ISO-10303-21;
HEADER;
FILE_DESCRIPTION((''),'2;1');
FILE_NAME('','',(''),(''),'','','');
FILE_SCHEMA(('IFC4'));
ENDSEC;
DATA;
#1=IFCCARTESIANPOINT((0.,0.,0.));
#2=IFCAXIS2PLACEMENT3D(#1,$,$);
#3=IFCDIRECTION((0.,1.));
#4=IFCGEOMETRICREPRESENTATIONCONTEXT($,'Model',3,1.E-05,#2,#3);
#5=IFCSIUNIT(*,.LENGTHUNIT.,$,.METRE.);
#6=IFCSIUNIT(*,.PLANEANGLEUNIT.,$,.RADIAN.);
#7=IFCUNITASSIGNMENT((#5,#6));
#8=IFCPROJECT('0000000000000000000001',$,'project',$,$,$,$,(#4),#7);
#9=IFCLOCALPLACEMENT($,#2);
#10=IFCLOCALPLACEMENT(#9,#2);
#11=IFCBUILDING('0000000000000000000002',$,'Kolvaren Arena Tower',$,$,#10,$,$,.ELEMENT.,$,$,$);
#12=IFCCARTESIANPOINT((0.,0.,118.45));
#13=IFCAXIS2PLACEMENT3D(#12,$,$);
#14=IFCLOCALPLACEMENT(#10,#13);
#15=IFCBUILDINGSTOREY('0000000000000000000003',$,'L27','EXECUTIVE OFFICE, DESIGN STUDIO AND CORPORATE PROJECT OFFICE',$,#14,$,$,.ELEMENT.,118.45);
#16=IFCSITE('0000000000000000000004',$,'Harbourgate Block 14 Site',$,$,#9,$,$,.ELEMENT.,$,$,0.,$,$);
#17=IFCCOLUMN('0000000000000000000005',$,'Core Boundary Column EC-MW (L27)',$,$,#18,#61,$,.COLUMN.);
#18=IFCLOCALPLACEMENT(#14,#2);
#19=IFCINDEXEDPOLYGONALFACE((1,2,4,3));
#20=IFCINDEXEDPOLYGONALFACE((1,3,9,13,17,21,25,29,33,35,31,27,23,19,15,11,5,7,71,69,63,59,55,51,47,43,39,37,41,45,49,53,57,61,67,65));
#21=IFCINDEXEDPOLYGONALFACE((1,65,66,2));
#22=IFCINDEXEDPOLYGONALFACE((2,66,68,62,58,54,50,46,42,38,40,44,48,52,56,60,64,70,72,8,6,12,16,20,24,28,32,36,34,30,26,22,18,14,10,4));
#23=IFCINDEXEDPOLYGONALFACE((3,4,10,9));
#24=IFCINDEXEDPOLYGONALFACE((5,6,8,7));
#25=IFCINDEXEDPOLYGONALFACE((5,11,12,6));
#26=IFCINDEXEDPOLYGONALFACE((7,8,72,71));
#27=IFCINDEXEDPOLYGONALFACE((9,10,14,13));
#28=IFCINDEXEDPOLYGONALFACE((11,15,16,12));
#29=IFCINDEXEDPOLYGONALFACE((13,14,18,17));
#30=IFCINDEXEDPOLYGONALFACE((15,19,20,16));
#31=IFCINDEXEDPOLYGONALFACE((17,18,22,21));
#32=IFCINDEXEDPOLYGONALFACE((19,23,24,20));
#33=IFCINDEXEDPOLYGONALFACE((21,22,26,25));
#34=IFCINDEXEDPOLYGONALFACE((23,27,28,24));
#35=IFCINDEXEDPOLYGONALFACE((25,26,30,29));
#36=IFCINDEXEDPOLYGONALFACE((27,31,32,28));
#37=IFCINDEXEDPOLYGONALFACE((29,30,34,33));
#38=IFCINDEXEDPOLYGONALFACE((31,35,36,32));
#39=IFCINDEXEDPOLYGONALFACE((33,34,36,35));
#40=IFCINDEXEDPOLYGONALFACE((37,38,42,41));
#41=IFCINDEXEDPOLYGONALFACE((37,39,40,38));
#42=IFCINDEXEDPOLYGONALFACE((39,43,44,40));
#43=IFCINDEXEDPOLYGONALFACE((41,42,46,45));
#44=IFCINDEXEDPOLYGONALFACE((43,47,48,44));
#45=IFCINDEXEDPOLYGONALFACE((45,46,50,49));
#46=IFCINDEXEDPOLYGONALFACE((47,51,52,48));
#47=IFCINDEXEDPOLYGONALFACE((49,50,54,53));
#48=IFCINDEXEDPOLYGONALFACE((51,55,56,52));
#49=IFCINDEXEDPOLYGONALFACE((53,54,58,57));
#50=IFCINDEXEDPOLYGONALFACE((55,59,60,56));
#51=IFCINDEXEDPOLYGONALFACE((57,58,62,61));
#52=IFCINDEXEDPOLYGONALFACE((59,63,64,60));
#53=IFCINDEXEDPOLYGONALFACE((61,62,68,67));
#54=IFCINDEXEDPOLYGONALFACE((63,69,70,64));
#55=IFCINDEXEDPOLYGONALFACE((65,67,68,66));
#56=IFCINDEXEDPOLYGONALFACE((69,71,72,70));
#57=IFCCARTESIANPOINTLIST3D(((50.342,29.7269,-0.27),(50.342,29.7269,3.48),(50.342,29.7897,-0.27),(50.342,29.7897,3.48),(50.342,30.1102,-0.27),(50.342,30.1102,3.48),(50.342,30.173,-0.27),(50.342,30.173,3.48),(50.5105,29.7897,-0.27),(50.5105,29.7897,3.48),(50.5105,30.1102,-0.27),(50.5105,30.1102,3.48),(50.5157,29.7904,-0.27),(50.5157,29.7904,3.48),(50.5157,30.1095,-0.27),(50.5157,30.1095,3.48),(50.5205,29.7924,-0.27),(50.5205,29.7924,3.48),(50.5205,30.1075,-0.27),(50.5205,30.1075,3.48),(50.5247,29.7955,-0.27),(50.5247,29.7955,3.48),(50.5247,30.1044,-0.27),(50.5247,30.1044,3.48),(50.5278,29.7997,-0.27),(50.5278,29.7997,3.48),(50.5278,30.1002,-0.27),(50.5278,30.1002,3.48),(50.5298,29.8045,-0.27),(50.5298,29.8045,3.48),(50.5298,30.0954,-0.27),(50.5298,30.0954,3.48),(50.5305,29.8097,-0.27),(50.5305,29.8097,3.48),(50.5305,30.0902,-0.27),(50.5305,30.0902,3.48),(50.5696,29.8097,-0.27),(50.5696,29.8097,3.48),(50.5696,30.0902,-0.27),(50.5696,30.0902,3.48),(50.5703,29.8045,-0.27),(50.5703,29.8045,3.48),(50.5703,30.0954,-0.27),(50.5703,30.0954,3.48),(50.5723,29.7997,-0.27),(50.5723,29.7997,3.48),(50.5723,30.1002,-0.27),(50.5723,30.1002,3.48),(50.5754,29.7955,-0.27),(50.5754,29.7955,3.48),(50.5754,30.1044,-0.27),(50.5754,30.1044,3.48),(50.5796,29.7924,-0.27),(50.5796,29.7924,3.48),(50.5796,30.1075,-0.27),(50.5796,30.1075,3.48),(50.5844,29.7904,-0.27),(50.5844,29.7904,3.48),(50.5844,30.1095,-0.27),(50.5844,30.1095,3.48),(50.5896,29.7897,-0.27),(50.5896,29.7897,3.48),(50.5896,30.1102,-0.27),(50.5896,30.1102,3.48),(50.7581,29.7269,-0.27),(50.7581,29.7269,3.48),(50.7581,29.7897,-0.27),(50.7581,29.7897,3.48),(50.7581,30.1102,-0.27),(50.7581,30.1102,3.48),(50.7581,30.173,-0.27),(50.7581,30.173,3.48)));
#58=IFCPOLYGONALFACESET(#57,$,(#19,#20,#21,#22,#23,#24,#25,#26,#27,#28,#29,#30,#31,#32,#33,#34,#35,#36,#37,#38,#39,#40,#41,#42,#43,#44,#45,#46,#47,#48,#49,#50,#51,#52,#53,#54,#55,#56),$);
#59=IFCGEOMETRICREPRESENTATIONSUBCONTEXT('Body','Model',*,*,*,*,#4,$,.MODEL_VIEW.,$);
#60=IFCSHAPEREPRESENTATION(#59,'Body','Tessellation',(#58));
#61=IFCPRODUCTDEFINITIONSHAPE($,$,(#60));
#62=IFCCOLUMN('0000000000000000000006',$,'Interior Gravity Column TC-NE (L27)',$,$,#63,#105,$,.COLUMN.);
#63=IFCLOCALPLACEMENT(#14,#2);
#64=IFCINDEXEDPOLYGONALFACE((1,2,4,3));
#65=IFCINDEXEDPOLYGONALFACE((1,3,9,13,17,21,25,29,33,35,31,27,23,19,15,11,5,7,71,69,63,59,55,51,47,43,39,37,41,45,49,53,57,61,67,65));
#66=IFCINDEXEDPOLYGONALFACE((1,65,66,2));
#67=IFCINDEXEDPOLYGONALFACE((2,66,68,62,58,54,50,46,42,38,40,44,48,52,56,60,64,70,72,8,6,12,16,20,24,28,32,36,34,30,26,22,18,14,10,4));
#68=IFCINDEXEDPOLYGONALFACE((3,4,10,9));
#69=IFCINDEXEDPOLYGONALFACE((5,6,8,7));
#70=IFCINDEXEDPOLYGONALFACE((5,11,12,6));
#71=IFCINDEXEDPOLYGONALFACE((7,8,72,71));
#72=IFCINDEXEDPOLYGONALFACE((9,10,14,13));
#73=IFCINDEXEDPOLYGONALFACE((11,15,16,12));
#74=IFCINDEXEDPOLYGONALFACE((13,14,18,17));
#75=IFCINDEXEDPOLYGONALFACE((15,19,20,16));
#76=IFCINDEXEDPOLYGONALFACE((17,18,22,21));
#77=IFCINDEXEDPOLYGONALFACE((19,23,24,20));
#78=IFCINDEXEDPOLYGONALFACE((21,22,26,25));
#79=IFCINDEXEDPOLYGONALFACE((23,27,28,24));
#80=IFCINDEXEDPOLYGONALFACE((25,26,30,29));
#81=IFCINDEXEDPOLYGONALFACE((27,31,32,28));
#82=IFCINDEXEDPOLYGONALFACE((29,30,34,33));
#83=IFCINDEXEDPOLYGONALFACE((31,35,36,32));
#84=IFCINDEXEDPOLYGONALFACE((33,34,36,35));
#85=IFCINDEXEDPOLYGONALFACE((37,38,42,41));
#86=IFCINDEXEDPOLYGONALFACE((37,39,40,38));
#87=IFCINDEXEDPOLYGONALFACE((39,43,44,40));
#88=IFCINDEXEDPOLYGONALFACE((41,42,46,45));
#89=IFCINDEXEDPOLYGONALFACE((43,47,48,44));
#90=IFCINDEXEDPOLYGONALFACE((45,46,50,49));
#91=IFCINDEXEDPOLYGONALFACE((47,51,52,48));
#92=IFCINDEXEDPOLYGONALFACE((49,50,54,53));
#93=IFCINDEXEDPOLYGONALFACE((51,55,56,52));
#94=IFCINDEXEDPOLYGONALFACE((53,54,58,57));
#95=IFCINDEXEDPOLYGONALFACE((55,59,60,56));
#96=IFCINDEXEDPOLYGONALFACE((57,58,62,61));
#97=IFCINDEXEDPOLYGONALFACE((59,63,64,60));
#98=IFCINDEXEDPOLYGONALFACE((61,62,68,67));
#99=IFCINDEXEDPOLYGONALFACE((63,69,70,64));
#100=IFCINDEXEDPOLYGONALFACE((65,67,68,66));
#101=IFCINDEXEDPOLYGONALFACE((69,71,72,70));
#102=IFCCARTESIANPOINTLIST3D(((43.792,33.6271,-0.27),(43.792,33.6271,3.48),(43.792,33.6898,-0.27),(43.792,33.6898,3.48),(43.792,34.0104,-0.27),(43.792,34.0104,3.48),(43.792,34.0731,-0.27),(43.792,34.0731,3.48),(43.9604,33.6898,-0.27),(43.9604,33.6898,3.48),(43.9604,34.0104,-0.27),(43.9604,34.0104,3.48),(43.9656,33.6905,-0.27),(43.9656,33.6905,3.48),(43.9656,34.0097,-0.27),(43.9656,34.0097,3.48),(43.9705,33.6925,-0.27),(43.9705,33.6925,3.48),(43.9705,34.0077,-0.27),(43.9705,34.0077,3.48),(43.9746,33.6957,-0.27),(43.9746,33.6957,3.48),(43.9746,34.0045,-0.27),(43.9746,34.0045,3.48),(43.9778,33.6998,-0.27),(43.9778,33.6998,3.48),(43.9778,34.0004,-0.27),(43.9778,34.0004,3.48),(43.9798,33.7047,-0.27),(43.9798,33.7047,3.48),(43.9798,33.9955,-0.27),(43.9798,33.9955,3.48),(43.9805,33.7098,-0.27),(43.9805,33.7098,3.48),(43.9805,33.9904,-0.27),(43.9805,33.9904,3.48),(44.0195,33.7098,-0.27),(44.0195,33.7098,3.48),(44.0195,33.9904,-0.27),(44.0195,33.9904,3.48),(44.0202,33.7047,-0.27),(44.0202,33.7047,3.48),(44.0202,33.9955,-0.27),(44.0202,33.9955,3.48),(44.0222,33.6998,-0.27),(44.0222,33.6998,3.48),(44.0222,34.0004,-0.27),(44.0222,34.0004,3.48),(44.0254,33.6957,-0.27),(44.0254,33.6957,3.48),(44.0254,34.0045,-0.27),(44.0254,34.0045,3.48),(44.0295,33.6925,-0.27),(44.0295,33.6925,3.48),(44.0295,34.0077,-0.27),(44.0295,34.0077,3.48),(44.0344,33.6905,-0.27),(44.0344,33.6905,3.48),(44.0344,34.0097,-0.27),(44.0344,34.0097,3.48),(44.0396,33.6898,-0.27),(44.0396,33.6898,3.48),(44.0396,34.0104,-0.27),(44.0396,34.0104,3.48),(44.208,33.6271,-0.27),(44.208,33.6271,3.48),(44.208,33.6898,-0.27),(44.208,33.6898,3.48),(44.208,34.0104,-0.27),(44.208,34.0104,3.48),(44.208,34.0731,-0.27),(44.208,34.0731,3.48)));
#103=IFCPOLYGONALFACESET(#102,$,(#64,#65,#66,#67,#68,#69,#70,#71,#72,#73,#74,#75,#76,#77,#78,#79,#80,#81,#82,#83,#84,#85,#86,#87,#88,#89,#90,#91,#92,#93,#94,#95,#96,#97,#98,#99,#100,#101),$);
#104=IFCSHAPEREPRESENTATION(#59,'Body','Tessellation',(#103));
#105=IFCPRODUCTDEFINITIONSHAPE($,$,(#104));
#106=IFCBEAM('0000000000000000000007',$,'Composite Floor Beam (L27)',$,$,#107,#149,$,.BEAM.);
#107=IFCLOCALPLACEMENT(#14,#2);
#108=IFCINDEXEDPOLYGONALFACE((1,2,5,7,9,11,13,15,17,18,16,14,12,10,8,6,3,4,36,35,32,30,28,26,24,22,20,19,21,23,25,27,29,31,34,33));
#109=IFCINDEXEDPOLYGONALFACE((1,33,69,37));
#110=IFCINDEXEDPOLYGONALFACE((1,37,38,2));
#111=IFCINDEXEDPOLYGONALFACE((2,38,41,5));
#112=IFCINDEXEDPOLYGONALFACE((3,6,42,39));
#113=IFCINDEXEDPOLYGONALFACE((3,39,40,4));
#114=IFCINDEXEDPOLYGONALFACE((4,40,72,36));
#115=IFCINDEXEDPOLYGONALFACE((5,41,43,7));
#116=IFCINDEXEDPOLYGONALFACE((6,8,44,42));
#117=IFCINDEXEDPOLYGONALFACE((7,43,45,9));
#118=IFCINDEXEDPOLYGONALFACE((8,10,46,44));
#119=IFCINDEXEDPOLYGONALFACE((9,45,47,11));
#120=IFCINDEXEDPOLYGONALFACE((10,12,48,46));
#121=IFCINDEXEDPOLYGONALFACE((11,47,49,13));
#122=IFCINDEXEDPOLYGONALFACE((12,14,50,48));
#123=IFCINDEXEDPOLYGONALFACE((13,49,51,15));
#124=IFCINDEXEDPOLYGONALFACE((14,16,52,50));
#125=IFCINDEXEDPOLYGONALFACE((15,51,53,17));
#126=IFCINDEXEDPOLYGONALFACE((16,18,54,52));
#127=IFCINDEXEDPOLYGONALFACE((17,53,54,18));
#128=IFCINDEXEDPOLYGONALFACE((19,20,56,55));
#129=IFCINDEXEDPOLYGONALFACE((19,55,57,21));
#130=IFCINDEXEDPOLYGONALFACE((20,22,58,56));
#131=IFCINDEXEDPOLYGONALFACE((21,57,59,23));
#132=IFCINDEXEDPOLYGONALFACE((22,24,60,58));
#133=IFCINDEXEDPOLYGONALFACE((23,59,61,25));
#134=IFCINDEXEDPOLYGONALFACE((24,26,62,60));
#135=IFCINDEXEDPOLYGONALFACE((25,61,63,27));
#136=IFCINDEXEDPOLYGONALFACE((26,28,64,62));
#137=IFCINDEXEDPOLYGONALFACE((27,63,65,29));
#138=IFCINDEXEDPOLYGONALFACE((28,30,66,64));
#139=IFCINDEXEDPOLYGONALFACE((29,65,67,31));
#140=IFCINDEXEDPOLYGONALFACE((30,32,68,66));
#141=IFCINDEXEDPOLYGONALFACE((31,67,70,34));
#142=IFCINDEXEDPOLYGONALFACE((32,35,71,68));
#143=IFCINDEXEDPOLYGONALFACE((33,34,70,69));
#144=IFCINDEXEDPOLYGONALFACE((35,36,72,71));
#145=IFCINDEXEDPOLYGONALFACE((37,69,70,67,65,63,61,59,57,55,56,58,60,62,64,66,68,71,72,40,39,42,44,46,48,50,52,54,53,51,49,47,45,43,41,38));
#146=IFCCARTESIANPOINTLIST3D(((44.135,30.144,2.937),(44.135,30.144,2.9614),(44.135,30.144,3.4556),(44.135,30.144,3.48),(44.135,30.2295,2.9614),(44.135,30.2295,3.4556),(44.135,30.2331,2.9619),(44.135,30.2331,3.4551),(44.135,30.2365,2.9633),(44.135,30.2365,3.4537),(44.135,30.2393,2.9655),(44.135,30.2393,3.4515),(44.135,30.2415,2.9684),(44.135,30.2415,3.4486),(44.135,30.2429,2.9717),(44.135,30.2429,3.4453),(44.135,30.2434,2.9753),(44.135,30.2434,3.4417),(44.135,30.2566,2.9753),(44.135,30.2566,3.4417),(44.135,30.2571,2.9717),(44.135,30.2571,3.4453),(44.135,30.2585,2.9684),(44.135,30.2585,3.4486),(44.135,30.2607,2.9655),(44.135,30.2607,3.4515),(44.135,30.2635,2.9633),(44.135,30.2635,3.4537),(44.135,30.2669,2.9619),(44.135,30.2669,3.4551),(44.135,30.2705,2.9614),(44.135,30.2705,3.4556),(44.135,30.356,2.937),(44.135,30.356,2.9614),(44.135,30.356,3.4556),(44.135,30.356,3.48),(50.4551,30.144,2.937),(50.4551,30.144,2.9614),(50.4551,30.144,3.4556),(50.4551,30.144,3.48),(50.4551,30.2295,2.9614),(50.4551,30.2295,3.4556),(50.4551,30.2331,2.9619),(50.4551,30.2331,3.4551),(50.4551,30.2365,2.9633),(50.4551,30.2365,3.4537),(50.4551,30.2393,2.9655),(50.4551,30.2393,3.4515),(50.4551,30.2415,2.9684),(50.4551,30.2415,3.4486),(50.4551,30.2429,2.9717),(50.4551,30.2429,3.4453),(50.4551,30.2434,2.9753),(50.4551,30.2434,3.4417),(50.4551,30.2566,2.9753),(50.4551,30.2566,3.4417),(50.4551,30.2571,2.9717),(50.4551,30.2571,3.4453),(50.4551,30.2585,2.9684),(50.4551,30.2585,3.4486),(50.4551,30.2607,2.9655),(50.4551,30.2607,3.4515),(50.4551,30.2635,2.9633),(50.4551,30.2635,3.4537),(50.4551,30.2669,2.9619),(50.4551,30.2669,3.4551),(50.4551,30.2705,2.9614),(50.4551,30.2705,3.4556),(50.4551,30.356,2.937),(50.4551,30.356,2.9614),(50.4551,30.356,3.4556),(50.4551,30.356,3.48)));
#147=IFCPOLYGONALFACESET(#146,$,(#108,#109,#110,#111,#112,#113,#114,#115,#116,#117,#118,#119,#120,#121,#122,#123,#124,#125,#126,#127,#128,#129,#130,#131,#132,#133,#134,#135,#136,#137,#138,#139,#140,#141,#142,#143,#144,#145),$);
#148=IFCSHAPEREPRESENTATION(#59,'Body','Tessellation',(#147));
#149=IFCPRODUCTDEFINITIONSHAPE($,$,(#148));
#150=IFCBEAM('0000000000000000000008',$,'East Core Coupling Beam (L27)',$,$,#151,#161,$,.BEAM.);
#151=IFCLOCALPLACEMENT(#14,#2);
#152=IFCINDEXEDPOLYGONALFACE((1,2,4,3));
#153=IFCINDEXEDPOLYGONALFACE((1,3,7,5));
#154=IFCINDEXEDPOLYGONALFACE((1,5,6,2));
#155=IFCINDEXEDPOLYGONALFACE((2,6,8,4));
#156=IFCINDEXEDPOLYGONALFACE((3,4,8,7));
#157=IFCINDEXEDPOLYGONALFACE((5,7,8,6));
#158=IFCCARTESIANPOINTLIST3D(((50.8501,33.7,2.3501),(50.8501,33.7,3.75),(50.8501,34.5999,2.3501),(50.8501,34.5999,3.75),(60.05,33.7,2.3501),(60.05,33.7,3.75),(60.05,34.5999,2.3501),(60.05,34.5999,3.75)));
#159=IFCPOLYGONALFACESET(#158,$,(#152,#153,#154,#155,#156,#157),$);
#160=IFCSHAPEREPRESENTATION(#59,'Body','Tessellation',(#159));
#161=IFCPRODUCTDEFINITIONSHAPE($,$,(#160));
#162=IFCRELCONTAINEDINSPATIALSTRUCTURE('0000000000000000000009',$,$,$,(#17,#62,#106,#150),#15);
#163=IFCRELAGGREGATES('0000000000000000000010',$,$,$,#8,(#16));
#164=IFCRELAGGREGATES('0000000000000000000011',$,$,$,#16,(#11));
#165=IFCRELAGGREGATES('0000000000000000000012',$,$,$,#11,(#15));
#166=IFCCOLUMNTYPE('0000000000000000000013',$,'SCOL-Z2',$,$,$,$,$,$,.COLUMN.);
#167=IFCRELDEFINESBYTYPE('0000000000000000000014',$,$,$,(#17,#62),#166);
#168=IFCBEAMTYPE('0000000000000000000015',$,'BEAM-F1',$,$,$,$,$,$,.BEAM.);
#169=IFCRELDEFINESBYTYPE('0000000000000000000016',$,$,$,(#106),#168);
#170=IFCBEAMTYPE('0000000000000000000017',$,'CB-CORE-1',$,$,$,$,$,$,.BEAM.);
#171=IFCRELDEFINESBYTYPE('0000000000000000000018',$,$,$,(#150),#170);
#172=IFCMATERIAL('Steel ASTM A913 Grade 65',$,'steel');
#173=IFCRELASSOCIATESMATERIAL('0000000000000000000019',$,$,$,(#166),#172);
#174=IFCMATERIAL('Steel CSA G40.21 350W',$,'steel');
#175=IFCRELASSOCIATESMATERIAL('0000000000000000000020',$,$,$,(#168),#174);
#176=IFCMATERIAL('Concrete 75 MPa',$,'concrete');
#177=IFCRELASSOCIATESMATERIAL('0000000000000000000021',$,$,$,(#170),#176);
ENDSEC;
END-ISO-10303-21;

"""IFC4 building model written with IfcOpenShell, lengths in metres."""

from ifc_helpers import new_model, si_unit, direction, frame, origin, origin_2d, place, context, subcontext, project, spatial, rectangle, i_section, extrude, material, material_profile, profile_set, type_object, element, save


model = new_model("IFC4")

# Units and contexts
model_context = context("Model", 3, precision=1e-05, world=origin(), true_north=direction((0.0, 1.0)))
body_context = subcontext(model_context, "Body", "Model", "MODEL_VIEW")
ifc_project = project(units=[si_unit("LENGTHUNIT", "METRE"), si_unit("PLANEANGLEUNIT", "RADIAN")], contexts=[model_context])

# Site, building, storey
site_placement = place(None, origin())
site = spatial("IfcSite", under=ifc_project, at=site_placement, Name="Harbourgate Block 14 Site", CompositionType="ELEMENT", RefElevation=0.0)
building_placement = place(site_placement, origin())
building = spatial("IfcBuilding", under=site, at=building_placement, Name="Kolvaren Arena Tower", CompositionType="ELEMENT")
storey_placement = place(building_placement, frame((0.0, 0.0, 118.45)))
storey = spatial("IfcBuildingStorey", under=building, at=storey_placement, Name="L27", Description="EXECUTIVE OFFICE, DESIGN STUDIO AND CORPORATE PROJECT OFFICE", CompositionType="ELEMENT", Elevation=118.45)

# Columns
ifc_material_1 = material(Name="Steel ASTM A913 Grade 65", Category="steel")
ifc_material_profile_1 = material_profile(ifc_material_1, i_section(OverallWidth=0.416, OverallDepth=0.446, WebThickness=0.0391, FlangeThickness=0.0627, FilletRadius=0.02, at=origin_2d()), Name="W360x509")
ifc_profile_set_1 = profile_set([ifc_material_profile_1], Name="Steel ASTM A913 Grade 65")
column_type = type_object("IfcColumnType", Name="SCOL-Z2", PredefinedType="COLUMN", material=ifc_profile_set_1)
for number, where, z_axis, x_axis, name in (
    (1, (50.55, 29.95, -0.27), (0.0, 0.0, 1.0), (1.0, 0.0, 0.0), "Core Boundary Column EC-MW (L27)"),
    (2, (44.0, 33.8501, -0.27), (0.0, 0.0, 1.0), (1.0, 0.0, 0.0), "Interior Gravity Column TC-NE (L27)"),
):
    element("IfcColumn", number, at=place(storey_placement, frame(where, z_axis=z_axis, x_axis=x_axis)), inside=storey, type_object=column_type, Name=name, PredefinedType="COLUMN", context=body_context, shape_type="SweptSolid", body=[
        extrude(i_section(OverallWidth=0.416, OverallDepth=0.446, WebThickness=0.0391, FlangeThickness=0.0627, FilletRadius=0.02, at=origin_2d()), origin(), (0.0, 0.0, 1.0), 3.75),
    ])

# Beams
ifc_material_2 = material(Name="Steel CSA G40.21 350W", Category="steel")
ifc_material_profile_2 = material_profile(ifc_material_2, i_section(OverallWidth=0.2119, OverallDepth=0.543, WebThickness=0.0132, FlangeThickness=0.0244, FilletRadius=0.0139, at=origin_2d()), Name="W530x150")
ifc_profile_set_2 = profile_set([ifc_material_profile_2], Name="Steel CSA G40.21 350W")
beam_type_1 = type_object("IfcBeamType", Name="BEAM-F1", PredefinedType="BEAM", material=ifc_profile_set_2)
beam_1_placement = place(storey_placement, frame((44.135, 30.25, 3.2085), z_axis=(1.0, 0.0, 0.0), x_axis=(0.0, 1.0, 0.0)))
element("IfcBeam", 3, at=beam_1_placement, inside=storey, type_object=beam_type_1, Name="Composite Floor Beam (L27)", PredefinedType="BEAM", context=body_context, shape_type="SweptSolid", body=[
    extrude(i_section(OverallWidth=0.2119, OverallDepth=0.543, WebThickness=0.0132, FlangeThickness=0.0244, FilletRadius=0.0139, at=origin_2d()), origin(), (0.0, 0.0, 1.0), 6.3201),
])
ifc_material_3 = material(Name="Concrete 75 MPa", Category="concrete")
ifc_material_profile_3 = material_profile(ifc_material_3, rectangle(XDim=0.8999, YDim=1.3999, at=origin_2d()), Name="RC-900x1400")
ifc_profile_set_3 = profile_set([ifc_material_profile_3], Name="Concrete 75 MPa")
beam_type_2 = type_object("IfcBeamType", Name="CB-CORE-1", PredefinedType="BEAM", material=ifc_profile_set_3)
beam_2_placement = place(storey_placement, frame((50.8501, 34.1499, 3.05), z_axis=(1.0, 0.0, 0.0), x_axis=(0.0, 1.0, 0.0)))
element("IfcBeam", 4, at=beam_2_placement, inside=storey, type_object=beam_type_2, Name="East Core Coupling Beam (L27)", PredefinedType="BEAM", context=body_context, shape_type="SweptSolid", body=[
    extrude(rectangle(XDim=0.8999, YDim=1.3999, at=origin_2d()), origin(), (0.0, 0.0, 1.0), 9.2),
])

save(model, "model.ifc")
